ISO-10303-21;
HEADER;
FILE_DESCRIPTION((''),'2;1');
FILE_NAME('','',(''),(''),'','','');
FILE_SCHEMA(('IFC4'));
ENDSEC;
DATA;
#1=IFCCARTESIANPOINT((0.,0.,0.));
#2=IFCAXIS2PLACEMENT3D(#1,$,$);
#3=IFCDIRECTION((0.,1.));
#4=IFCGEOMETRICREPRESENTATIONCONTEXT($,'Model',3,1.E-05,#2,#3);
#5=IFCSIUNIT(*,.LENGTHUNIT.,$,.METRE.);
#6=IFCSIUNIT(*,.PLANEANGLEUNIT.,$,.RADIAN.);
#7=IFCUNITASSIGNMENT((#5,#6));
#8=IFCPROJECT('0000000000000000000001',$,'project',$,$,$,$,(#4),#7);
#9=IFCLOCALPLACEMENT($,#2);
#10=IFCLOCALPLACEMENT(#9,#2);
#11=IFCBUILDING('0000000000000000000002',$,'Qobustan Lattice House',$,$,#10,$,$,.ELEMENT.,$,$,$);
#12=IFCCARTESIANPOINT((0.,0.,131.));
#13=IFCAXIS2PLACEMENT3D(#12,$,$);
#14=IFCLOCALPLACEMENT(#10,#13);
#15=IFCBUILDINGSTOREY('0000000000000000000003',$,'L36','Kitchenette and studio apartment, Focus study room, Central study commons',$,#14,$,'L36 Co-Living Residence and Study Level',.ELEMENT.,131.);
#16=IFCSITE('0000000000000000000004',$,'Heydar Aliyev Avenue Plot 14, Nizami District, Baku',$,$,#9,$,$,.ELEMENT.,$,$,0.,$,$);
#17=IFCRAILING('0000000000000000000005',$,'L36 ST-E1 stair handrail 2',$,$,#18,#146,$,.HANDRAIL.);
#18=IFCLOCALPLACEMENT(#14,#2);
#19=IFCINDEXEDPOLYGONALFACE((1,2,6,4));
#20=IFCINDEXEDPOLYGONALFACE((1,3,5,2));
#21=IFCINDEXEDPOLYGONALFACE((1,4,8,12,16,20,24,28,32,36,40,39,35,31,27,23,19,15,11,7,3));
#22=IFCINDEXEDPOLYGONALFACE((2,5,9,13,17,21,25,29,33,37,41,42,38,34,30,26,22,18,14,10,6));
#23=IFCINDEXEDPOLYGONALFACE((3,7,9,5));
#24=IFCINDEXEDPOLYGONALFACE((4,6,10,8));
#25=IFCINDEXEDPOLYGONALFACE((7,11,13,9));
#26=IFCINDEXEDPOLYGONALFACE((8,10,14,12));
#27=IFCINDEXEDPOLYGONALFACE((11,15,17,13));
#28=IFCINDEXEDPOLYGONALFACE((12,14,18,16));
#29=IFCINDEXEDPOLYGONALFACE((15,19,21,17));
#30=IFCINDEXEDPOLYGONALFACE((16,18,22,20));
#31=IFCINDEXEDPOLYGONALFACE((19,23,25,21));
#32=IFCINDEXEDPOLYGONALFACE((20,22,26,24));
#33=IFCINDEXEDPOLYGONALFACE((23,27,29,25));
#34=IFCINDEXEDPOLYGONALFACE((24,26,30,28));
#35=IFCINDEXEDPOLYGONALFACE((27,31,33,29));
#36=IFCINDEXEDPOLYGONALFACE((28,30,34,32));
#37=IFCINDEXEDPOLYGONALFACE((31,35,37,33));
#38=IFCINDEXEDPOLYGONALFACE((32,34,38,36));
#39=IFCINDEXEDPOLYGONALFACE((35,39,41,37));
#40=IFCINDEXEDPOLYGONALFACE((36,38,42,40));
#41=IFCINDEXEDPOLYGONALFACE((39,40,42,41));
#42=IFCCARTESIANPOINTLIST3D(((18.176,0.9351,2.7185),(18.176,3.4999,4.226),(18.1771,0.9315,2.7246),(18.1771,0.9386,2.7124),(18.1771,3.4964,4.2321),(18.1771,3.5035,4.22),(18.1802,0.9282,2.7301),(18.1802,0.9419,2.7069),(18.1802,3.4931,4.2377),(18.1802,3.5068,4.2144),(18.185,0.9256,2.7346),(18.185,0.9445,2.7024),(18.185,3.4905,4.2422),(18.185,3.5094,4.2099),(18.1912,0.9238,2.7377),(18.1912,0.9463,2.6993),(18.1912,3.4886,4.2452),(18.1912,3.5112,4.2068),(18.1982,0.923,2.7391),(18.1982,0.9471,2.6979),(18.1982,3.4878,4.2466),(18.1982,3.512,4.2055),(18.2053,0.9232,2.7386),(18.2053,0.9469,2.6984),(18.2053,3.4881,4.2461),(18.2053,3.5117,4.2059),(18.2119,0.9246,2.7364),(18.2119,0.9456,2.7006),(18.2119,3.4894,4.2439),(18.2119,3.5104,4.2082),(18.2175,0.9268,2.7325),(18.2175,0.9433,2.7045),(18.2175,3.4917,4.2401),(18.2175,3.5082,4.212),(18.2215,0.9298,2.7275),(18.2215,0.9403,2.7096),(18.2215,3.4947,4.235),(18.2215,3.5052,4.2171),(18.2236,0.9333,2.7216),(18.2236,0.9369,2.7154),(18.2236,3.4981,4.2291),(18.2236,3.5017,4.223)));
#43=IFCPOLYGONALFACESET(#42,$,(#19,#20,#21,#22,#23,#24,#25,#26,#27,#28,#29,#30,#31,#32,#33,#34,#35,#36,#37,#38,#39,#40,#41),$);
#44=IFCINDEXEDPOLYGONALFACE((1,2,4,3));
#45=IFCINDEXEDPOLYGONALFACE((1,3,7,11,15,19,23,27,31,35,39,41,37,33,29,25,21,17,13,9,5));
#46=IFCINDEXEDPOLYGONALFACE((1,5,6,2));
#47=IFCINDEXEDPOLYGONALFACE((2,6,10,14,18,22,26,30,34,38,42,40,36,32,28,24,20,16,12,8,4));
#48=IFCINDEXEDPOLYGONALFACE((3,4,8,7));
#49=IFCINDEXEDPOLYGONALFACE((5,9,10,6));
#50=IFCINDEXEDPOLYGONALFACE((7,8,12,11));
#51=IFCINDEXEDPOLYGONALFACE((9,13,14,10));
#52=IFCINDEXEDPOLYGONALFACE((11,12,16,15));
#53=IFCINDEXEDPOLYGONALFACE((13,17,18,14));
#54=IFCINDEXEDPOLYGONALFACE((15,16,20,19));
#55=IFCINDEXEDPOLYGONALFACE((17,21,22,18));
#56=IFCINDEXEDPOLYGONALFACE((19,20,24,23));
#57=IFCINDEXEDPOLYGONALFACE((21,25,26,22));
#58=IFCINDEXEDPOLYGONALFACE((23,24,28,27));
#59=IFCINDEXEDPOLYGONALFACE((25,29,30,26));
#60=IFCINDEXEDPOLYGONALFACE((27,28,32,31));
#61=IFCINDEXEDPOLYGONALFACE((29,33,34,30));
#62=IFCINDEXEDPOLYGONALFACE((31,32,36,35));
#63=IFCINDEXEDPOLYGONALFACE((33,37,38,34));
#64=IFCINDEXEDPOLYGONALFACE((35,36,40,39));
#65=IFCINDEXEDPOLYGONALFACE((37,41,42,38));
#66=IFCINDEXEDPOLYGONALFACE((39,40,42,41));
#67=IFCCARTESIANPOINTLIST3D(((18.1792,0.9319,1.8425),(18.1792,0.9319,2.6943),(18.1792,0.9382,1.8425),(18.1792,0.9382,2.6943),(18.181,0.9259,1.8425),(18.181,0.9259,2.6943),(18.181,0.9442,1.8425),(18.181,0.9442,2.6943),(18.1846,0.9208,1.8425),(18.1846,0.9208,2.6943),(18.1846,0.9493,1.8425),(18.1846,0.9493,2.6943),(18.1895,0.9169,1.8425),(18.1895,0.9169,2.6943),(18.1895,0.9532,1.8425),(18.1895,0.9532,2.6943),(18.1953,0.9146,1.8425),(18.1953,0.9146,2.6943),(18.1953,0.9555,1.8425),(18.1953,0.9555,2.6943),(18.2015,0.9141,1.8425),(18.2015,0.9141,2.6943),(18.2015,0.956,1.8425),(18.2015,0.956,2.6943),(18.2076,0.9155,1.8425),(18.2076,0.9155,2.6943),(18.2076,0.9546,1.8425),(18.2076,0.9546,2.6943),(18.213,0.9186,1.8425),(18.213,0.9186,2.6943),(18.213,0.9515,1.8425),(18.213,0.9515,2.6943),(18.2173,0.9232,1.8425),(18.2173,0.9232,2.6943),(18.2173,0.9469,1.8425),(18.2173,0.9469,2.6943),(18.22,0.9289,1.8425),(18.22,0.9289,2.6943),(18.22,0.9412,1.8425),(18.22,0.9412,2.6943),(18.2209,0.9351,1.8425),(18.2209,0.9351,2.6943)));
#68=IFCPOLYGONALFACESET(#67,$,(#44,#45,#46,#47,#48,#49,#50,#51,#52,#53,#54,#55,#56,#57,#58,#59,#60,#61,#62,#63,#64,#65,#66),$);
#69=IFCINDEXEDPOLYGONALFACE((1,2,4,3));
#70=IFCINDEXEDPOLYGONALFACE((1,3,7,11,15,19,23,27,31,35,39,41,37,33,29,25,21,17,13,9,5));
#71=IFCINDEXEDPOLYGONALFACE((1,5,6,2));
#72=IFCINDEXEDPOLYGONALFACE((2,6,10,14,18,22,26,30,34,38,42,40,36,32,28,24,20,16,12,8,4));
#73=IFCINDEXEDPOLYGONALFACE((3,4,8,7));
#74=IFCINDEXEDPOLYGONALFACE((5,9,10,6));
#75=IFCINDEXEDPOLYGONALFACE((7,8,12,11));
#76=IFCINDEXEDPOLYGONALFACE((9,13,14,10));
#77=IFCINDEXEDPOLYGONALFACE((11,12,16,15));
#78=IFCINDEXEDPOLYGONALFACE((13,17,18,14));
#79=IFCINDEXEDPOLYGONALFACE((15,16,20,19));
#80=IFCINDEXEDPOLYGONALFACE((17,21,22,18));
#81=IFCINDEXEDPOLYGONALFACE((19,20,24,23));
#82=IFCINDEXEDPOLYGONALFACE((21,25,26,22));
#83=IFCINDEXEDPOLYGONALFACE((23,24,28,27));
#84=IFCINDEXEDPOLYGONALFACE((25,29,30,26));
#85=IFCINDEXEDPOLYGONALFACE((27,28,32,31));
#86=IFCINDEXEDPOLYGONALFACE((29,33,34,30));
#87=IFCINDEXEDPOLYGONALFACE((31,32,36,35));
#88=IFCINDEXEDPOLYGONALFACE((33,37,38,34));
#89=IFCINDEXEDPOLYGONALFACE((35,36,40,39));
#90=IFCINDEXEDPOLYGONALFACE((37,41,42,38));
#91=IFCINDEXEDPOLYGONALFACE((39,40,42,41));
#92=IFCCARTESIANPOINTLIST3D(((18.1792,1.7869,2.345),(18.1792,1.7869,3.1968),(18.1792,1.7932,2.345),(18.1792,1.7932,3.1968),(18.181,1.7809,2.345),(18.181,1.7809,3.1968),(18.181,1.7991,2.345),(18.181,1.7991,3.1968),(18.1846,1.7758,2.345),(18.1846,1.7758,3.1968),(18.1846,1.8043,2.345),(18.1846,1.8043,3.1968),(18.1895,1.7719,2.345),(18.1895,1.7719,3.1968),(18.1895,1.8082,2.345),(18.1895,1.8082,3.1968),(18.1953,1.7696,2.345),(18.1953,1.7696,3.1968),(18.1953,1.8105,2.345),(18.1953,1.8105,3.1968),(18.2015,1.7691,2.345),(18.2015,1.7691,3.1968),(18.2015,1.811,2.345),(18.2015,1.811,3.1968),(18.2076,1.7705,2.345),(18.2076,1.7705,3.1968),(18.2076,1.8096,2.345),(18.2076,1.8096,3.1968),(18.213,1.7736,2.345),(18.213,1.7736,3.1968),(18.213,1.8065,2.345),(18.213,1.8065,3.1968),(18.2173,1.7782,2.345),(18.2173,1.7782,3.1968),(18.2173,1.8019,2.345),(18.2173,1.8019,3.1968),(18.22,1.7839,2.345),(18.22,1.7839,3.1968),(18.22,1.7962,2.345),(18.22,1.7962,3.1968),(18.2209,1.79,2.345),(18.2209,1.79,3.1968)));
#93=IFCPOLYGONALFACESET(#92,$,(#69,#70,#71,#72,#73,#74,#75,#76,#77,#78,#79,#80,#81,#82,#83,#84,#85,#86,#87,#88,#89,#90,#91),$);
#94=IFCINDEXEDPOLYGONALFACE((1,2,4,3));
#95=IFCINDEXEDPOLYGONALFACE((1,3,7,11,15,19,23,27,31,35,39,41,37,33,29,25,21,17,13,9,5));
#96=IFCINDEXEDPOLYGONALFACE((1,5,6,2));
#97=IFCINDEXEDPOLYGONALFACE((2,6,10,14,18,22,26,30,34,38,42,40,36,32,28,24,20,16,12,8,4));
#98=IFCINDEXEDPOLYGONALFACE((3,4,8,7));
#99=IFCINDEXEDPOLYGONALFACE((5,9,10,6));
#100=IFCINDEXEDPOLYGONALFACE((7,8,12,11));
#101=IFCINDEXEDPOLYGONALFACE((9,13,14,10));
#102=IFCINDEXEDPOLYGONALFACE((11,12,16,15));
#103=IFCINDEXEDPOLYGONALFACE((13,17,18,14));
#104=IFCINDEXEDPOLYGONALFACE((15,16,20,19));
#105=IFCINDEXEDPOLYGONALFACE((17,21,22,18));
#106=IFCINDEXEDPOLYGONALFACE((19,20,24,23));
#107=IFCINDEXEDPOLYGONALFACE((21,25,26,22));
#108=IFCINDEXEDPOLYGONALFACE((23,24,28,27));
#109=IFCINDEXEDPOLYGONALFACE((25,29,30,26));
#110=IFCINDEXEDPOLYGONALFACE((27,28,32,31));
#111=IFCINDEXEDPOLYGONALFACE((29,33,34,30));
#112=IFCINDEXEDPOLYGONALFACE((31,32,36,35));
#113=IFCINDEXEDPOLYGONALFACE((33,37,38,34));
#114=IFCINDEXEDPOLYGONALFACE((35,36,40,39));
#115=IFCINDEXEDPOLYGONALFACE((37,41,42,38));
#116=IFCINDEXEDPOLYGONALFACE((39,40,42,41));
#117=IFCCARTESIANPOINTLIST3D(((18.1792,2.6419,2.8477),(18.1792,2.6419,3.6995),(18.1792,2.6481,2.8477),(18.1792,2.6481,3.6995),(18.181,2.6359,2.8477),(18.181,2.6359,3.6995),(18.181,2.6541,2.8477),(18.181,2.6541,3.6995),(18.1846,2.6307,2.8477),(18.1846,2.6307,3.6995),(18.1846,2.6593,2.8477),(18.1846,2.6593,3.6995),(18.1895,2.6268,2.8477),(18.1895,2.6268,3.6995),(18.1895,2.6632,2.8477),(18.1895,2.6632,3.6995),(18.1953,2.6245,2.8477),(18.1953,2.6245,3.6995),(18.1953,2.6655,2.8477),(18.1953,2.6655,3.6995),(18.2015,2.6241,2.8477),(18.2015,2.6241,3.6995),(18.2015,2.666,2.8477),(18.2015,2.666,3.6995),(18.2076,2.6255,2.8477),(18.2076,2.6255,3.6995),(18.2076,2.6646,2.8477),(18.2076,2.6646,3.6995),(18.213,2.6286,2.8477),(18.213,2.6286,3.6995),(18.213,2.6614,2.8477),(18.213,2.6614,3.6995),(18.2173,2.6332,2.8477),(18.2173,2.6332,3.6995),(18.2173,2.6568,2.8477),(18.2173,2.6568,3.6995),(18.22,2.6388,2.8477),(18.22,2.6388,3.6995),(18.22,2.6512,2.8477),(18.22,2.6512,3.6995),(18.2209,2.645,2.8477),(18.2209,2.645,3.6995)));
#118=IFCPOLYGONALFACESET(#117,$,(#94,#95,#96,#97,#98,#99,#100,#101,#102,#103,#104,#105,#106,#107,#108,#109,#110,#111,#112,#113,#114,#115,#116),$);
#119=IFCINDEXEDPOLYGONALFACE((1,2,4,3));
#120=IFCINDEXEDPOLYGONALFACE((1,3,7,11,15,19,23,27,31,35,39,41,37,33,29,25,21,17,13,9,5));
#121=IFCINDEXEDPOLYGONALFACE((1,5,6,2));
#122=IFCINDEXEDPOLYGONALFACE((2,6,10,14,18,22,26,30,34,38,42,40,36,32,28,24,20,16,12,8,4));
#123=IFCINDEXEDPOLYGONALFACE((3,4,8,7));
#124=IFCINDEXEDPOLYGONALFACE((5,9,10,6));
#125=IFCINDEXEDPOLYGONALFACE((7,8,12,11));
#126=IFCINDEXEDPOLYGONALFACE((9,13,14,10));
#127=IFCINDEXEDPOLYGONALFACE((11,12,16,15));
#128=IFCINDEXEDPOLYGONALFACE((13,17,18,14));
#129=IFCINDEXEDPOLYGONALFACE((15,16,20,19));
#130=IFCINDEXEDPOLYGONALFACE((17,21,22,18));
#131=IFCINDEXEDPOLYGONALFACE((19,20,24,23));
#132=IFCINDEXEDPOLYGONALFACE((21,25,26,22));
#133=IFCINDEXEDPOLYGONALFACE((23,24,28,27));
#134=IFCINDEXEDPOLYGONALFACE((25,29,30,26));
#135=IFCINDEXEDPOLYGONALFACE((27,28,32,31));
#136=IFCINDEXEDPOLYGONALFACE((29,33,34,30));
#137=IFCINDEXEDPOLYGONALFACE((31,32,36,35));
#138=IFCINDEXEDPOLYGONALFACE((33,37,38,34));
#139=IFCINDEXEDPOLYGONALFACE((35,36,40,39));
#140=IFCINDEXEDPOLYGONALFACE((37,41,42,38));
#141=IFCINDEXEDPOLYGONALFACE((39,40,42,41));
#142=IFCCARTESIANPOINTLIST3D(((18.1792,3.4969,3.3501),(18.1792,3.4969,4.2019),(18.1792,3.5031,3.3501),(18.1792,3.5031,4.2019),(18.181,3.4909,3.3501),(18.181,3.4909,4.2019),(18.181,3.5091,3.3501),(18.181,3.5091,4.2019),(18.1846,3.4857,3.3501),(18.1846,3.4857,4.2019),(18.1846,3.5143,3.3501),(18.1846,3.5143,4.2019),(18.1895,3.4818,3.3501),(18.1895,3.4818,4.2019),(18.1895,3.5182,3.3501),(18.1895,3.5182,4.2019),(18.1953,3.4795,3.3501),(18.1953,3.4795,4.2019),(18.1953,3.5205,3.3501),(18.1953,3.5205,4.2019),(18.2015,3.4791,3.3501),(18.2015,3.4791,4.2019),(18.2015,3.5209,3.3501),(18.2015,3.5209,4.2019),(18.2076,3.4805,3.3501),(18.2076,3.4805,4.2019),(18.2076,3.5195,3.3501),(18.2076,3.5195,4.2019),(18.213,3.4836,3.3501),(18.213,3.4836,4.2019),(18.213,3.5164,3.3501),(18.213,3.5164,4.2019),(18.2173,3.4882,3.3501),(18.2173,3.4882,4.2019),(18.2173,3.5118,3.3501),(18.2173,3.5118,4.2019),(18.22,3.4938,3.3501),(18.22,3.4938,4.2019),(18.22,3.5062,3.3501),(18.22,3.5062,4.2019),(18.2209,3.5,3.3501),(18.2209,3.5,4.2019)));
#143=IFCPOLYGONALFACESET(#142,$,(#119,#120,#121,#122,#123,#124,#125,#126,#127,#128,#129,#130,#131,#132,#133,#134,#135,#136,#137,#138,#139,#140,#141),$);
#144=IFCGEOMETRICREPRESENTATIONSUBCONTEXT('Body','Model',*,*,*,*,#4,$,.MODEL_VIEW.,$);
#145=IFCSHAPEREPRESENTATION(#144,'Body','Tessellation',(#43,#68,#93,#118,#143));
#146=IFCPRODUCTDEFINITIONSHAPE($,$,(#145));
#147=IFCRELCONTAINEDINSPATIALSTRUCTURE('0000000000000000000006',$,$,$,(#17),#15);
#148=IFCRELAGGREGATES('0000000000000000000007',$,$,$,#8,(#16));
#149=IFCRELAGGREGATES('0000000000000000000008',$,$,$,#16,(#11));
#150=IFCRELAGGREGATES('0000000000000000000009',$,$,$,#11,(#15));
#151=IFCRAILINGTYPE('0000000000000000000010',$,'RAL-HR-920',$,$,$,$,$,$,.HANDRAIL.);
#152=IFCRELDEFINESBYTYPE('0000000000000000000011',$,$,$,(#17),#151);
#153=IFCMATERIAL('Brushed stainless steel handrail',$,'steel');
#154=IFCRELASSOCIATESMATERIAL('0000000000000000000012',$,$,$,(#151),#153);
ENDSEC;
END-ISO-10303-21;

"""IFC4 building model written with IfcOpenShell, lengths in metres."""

from ifc_helpers import new_model, si_unit, direction, frame, origin, origin_2d, place, context, subcontext, project, spatial, circle, extrude, material, type_object, element, save


model = new_model("IFC4")

# Units and contexts
model_context = context("Model", 3, precision=1e-05, world=origin(), true_north=direction((0.0, 1.0)))
body_context = subcontext(model_context, "Body", "Model", "MODEL_VIEW")
ifc_project = project(units=[si_unit("LENGTHUNIT", "METRE"), si_unit("PLANEANGLEUNIT", "RADIAN")], contexts=[model_context])

# Site, building, storey
site_placement = place(None, origin())
site = spatial("IfcSite", under=ifc_project, at=site_placement, Name="Heydar Aliyev Avenue Plot 14, Nizami District, Baku", CompositionType="ELEMENT", RefElevation=0.0)
building_placement = place(site_placement, origin())
building = spatial("IfcBuilding", under=site, at=building_placement, Name="Qobustan Lattice House", CompositionType="ELEMENT")
storey_placement = place(building_placement, frame((0.0, 0.0, 131.0)))
storey = spatial("IfcBuildingStorey", under=building, at=storey_placement, Name="L36", Description="Kitchenette and studio apartment, Focus study room, Central study commons", LongName="L36 Co-Living Residence and Study Level", CompositionType="ELEMENT", Elevation=131.0)

# Railing
ifc_material_1 = material(Name="Brushed stainless steel handrail", Category="steel")
railing_type_1 = type_object("IfcRailingType", Name="RAL-HR-920", PredefinedType="HANDRAIL", material=ifc_material_1)
railing_1_placement = place(storey_placement, frame((18.2, 0.9351, 1.8425)))
element("IfcRailing", 1, at=railing_1_placement, inside=storey, type_object=railing_type_1, Name="L36 ST-E1 stair handrail 2", PredefinedType="HANDRAIL", context=body_context, shape_type="SweptSolid", body=[
    extrude(circle(Radius=0.0239, at=origin_2d()), frame((0.0, 0.0, 0.876), z_axis=(0.0, 0.862113, 0.506715), x_axis=(-1.0, 0.0, 0.0)), (0.0, 0.0, 1.0), 2.9751),
    extrude(circle(Radius=0.021, at=origin_2d()), origin(), (0.0, 0.0, 1.0), 0.8518),
    extrude(circle(Radius=0.021, at=origin_2d()), frame((0.0, 0.855, 0.5024)), (0.0, 0.0, 1.0), 0.8518),
    extrude(circle(Radius=0.021, at=origin_2d()), frame((0.0, 1.71, 1.0051)), (0.0, 0.0, 1.0), 0.8518),
    extrude(circle(Radius=0.021, at=origin_2d()), frame((0.0, 2.5649, 1.5076)), (0.0, 0.0, 1.0), 0.8518),
])

save(model, "model.ifc")
